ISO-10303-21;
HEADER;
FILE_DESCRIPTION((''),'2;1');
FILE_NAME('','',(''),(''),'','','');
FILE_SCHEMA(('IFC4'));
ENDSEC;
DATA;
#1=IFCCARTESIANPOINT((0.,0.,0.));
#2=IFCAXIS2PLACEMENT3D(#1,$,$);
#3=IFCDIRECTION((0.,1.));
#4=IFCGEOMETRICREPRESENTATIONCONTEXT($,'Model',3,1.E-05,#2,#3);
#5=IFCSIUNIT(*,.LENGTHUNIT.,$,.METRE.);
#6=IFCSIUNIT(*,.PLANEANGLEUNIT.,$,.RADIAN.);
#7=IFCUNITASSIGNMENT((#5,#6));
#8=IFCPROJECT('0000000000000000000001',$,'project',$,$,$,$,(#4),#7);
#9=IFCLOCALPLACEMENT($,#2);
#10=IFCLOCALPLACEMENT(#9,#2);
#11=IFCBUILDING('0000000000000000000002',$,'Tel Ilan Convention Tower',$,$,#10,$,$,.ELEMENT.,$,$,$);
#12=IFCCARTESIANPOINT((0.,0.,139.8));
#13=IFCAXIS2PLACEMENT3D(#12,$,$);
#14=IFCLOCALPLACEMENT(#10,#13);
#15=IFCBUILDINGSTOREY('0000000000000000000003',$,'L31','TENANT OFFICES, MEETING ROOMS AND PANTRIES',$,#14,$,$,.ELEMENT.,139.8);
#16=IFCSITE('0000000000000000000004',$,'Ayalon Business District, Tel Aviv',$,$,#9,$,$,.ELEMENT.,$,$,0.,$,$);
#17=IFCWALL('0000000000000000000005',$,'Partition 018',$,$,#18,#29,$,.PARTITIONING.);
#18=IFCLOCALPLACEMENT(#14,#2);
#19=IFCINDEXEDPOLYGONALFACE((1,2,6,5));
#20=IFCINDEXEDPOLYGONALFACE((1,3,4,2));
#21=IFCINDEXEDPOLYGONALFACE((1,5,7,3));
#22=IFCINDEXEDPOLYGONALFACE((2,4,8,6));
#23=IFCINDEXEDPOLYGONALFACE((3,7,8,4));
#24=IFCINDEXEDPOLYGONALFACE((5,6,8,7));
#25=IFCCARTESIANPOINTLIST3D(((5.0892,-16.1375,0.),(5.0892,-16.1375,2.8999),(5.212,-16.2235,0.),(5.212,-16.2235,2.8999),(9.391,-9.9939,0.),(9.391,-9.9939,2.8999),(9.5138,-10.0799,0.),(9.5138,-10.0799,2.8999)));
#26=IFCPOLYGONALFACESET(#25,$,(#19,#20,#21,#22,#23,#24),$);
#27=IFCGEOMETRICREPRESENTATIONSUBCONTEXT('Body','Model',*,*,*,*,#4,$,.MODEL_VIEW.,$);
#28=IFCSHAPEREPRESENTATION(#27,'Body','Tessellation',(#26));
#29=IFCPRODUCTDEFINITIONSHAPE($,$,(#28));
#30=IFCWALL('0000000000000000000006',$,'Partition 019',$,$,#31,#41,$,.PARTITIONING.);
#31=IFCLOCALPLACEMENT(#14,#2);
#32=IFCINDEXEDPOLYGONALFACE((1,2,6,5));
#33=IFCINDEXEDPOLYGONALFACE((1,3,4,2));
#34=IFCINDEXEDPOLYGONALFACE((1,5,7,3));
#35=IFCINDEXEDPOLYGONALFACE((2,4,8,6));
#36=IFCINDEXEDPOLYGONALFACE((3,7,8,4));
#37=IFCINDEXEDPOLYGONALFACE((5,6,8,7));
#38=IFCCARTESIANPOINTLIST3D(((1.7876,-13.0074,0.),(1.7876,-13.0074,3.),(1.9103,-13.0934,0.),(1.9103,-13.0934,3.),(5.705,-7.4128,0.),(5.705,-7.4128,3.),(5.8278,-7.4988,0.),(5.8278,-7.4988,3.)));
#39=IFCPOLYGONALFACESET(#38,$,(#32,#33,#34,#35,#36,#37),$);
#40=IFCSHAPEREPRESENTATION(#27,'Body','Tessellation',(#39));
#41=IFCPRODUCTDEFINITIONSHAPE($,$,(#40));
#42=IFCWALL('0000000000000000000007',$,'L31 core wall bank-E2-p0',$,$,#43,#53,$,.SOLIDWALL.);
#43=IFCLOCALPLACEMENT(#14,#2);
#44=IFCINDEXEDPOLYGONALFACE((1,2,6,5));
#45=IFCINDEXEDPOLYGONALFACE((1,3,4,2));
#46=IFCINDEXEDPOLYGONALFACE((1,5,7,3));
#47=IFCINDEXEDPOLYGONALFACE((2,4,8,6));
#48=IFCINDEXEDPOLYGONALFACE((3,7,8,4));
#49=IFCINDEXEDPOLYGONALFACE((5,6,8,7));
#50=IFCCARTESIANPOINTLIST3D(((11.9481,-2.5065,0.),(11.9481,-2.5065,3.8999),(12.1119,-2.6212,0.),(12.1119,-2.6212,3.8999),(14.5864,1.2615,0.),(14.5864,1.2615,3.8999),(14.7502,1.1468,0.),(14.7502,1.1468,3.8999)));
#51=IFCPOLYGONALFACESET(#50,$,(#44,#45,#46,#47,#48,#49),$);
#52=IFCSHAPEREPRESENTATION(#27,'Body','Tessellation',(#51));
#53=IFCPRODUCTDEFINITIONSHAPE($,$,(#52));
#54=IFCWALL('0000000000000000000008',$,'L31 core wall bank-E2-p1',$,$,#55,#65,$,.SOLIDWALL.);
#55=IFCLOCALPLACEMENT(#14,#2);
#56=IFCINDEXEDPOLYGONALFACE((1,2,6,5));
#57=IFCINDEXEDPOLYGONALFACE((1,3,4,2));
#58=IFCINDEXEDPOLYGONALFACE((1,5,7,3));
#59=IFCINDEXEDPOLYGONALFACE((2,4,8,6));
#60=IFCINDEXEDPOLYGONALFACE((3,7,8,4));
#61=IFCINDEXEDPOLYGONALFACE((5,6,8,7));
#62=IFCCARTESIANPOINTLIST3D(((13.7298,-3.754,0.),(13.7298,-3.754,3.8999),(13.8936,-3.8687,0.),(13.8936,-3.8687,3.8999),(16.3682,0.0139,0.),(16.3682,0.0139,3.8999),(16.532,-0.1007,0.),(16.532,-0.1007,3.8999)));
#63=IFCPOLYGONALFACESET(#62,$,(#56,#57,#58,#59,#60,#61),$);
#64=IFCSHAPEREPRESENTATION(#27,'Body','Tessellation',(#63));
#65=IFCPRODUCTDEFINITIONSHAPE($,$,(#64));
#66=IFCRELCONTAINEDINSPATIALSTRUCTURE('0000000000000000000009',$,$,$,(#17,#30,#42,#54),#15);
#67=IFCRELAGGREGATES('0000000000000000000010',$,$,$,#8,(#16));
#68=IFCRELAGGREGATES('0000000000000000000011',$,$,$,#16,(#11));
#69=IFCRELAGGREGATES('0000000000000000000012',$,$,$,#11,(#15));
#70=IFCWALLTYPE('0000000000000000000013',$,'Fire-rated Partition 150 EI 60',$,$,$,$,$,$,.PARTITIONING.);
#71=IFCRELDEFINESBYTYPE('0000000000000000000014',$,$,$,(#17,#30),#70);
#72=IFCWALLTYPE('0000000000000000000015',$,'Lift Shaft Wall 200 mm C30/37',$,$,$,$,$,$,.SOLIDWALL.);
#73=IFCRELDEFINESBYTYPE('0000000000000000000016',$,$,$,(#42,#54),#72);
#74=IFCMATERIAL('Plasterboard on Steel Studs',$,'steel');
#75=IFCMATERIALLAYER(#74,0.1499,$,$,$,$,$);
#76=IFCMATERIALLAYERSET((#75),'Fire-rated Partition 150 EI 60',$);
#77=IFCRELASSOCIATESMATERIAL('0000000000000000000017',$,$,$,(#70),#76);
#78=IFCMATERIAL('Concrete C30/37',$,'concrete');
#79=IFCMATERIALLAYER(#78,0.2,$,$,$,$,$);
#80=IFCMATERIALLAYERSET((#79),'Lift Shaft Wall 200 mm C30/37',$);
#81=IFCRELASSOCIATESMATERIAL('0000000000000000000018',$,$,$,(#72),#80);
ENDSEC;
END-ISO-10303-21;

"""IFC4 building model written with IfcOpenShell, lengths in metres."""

from ifc_helpers import new_model, si_unit, direction, frame, frame_2d, origin, place, context, subcontext, project, spatial, rectangle, extrude, material, layer, layer_set, type_object, element, save


model = new_model("IFC4")

# Units and contexts
model_context = context("Model", 3, precision=1e-05, world=origin(), true_north=direction((0.0, 1.0)))
body_context = subcontext(model_context, "Body", "Model", "MODEL_VIEW")
ifc_project = project(units=[si_unit("LENGTHUNIT", "METRE"), si_unit("PLANEANGLEUNIT", "RADIAN")], contexts=[model_context])

# Site, building, storey
site_placement = place(None, origin())
site = spatial("IfcSite", under=ifc_project, at=site_placement, Name="Ayalon Business District, Tel Aviv", CompositionType="ELEMENT", RefElevation=0.0)
building_placement = place(site_placement, origin())
building = spatial("IfcBuilding", under=site, at=building_placement, Name="Tel Ilan Convention Tower", CompositionType="ELEMENT")
storey_placement = place(building_placement, frame((0.0, 0.0, 139.8)))
storey = spatial("IfcBuildingStorey", under=building, at=storey_placement, Name="L31", Description="TENANT OFFICES, MEETING ROOMS AND PANTRIES", CompositionType="ELEMENT", Elevation=139.8)

# Shared definitions
ifc_material_1 = material(Name="Plasterboard on Steel Studs", Category="steel")
ifc_layer_1 = layer(ifc_material_1, 0.1499)
ifc_layer_set_1 = layer_set([ifc_layer_1], Name="Fire-rated Partition 150 EI 60")
wall_type_1 = type_object("IfcWallType", Name="Fire-rated Partition 150 EI 60", PredefinedType="PARTITIONING", material=ifc_layer_set_1)

# Walls
wall_1_placement = place(storey_placement, frame((9.4524, -10.0369, 0.0), z_axis=(0.0, 0.0, 1.0), x_axis=(-0.573576, -0.819152, 0.0)))
element("IfcWall", 1, at=wall_1_placement, inside=storey, type_object=wall_type_1, Name="Partition 018", PredefinedType="PARTITIONING", context=body_context, shape_type="SweptSolid", body=[
    extrude(rectangle(XDim=7.5, YDim=0.1499, at=frame_2d((3.75, 0.0))), origin(), (0.0, 0.0, 1.0), 2.8999),
])
wall_2_placement = place(storey_placement, frame((1.8489, -13.0505, 0.0), z_axis=(0.0, 0.0, 1.0), x_axis=(0.573577, 0.819151, 0.0)))
element("IfcWall", 2, at=wall_2_placement, inside=storey, type_object=wall_type_1, Name="Partition 019", PredefinedType="PARTITIONING", context=body_context, shape_type="SweptSolid", body=[
    extrude(rectangle(XDim=6.8298, YDim=0.1499, at=frame_2d((3.415, 0.0))), origin(), (0.0, 0.0, 1.0), 3.0),
])
ifc_material_2 = material(Name="Concrete C30/37", Category="concrete")
ifc_layer_2 = layer(ifc_material_2, 0.2)
ifc_layer_set_2 = layer_set([ifc_layer_2], Name="Lift Shaft Wall 200 mm C30/37")
wall_type_2 = type_object("IfcWallType", Name="Lift Shaft Wall 200 mm C30/37", PredefinedType="SOLIDWALL", material=ifc_layer_set_2)
for number, where, z_axis, x_axis, name in (
    (3, (12.03, -2.5637, 0.0), (0.0, 0.0, 1.0), (0.573576, 0.819152, 0.0), "L31 core wall bank-E2-p0"),
    (4, (13.8118, -3.8113, 0.0), (0.0, 0.0, 1.0), (0.573576, 0.819152, 0.0), "L31 core wall bank-E2-p1"),
):
    element("IfcWall", number, at=place(storey_placement, frame(where, z_axis=z_axis, x_axis=x_axis)), inside=storey, type_object=wall_type_2, Name=name, PredefinedType="SOLIDWALL", context=body_context, shape_type="SweptSolid", body=[
        extrude(rectangle(XDim=4.5999, YDim=0.2, at=frame_2d((2.2998, 0.0))), origin(), (0.0, 0.0, 1.0), 3.8999),
    ])

save(model, "model.ifc")
